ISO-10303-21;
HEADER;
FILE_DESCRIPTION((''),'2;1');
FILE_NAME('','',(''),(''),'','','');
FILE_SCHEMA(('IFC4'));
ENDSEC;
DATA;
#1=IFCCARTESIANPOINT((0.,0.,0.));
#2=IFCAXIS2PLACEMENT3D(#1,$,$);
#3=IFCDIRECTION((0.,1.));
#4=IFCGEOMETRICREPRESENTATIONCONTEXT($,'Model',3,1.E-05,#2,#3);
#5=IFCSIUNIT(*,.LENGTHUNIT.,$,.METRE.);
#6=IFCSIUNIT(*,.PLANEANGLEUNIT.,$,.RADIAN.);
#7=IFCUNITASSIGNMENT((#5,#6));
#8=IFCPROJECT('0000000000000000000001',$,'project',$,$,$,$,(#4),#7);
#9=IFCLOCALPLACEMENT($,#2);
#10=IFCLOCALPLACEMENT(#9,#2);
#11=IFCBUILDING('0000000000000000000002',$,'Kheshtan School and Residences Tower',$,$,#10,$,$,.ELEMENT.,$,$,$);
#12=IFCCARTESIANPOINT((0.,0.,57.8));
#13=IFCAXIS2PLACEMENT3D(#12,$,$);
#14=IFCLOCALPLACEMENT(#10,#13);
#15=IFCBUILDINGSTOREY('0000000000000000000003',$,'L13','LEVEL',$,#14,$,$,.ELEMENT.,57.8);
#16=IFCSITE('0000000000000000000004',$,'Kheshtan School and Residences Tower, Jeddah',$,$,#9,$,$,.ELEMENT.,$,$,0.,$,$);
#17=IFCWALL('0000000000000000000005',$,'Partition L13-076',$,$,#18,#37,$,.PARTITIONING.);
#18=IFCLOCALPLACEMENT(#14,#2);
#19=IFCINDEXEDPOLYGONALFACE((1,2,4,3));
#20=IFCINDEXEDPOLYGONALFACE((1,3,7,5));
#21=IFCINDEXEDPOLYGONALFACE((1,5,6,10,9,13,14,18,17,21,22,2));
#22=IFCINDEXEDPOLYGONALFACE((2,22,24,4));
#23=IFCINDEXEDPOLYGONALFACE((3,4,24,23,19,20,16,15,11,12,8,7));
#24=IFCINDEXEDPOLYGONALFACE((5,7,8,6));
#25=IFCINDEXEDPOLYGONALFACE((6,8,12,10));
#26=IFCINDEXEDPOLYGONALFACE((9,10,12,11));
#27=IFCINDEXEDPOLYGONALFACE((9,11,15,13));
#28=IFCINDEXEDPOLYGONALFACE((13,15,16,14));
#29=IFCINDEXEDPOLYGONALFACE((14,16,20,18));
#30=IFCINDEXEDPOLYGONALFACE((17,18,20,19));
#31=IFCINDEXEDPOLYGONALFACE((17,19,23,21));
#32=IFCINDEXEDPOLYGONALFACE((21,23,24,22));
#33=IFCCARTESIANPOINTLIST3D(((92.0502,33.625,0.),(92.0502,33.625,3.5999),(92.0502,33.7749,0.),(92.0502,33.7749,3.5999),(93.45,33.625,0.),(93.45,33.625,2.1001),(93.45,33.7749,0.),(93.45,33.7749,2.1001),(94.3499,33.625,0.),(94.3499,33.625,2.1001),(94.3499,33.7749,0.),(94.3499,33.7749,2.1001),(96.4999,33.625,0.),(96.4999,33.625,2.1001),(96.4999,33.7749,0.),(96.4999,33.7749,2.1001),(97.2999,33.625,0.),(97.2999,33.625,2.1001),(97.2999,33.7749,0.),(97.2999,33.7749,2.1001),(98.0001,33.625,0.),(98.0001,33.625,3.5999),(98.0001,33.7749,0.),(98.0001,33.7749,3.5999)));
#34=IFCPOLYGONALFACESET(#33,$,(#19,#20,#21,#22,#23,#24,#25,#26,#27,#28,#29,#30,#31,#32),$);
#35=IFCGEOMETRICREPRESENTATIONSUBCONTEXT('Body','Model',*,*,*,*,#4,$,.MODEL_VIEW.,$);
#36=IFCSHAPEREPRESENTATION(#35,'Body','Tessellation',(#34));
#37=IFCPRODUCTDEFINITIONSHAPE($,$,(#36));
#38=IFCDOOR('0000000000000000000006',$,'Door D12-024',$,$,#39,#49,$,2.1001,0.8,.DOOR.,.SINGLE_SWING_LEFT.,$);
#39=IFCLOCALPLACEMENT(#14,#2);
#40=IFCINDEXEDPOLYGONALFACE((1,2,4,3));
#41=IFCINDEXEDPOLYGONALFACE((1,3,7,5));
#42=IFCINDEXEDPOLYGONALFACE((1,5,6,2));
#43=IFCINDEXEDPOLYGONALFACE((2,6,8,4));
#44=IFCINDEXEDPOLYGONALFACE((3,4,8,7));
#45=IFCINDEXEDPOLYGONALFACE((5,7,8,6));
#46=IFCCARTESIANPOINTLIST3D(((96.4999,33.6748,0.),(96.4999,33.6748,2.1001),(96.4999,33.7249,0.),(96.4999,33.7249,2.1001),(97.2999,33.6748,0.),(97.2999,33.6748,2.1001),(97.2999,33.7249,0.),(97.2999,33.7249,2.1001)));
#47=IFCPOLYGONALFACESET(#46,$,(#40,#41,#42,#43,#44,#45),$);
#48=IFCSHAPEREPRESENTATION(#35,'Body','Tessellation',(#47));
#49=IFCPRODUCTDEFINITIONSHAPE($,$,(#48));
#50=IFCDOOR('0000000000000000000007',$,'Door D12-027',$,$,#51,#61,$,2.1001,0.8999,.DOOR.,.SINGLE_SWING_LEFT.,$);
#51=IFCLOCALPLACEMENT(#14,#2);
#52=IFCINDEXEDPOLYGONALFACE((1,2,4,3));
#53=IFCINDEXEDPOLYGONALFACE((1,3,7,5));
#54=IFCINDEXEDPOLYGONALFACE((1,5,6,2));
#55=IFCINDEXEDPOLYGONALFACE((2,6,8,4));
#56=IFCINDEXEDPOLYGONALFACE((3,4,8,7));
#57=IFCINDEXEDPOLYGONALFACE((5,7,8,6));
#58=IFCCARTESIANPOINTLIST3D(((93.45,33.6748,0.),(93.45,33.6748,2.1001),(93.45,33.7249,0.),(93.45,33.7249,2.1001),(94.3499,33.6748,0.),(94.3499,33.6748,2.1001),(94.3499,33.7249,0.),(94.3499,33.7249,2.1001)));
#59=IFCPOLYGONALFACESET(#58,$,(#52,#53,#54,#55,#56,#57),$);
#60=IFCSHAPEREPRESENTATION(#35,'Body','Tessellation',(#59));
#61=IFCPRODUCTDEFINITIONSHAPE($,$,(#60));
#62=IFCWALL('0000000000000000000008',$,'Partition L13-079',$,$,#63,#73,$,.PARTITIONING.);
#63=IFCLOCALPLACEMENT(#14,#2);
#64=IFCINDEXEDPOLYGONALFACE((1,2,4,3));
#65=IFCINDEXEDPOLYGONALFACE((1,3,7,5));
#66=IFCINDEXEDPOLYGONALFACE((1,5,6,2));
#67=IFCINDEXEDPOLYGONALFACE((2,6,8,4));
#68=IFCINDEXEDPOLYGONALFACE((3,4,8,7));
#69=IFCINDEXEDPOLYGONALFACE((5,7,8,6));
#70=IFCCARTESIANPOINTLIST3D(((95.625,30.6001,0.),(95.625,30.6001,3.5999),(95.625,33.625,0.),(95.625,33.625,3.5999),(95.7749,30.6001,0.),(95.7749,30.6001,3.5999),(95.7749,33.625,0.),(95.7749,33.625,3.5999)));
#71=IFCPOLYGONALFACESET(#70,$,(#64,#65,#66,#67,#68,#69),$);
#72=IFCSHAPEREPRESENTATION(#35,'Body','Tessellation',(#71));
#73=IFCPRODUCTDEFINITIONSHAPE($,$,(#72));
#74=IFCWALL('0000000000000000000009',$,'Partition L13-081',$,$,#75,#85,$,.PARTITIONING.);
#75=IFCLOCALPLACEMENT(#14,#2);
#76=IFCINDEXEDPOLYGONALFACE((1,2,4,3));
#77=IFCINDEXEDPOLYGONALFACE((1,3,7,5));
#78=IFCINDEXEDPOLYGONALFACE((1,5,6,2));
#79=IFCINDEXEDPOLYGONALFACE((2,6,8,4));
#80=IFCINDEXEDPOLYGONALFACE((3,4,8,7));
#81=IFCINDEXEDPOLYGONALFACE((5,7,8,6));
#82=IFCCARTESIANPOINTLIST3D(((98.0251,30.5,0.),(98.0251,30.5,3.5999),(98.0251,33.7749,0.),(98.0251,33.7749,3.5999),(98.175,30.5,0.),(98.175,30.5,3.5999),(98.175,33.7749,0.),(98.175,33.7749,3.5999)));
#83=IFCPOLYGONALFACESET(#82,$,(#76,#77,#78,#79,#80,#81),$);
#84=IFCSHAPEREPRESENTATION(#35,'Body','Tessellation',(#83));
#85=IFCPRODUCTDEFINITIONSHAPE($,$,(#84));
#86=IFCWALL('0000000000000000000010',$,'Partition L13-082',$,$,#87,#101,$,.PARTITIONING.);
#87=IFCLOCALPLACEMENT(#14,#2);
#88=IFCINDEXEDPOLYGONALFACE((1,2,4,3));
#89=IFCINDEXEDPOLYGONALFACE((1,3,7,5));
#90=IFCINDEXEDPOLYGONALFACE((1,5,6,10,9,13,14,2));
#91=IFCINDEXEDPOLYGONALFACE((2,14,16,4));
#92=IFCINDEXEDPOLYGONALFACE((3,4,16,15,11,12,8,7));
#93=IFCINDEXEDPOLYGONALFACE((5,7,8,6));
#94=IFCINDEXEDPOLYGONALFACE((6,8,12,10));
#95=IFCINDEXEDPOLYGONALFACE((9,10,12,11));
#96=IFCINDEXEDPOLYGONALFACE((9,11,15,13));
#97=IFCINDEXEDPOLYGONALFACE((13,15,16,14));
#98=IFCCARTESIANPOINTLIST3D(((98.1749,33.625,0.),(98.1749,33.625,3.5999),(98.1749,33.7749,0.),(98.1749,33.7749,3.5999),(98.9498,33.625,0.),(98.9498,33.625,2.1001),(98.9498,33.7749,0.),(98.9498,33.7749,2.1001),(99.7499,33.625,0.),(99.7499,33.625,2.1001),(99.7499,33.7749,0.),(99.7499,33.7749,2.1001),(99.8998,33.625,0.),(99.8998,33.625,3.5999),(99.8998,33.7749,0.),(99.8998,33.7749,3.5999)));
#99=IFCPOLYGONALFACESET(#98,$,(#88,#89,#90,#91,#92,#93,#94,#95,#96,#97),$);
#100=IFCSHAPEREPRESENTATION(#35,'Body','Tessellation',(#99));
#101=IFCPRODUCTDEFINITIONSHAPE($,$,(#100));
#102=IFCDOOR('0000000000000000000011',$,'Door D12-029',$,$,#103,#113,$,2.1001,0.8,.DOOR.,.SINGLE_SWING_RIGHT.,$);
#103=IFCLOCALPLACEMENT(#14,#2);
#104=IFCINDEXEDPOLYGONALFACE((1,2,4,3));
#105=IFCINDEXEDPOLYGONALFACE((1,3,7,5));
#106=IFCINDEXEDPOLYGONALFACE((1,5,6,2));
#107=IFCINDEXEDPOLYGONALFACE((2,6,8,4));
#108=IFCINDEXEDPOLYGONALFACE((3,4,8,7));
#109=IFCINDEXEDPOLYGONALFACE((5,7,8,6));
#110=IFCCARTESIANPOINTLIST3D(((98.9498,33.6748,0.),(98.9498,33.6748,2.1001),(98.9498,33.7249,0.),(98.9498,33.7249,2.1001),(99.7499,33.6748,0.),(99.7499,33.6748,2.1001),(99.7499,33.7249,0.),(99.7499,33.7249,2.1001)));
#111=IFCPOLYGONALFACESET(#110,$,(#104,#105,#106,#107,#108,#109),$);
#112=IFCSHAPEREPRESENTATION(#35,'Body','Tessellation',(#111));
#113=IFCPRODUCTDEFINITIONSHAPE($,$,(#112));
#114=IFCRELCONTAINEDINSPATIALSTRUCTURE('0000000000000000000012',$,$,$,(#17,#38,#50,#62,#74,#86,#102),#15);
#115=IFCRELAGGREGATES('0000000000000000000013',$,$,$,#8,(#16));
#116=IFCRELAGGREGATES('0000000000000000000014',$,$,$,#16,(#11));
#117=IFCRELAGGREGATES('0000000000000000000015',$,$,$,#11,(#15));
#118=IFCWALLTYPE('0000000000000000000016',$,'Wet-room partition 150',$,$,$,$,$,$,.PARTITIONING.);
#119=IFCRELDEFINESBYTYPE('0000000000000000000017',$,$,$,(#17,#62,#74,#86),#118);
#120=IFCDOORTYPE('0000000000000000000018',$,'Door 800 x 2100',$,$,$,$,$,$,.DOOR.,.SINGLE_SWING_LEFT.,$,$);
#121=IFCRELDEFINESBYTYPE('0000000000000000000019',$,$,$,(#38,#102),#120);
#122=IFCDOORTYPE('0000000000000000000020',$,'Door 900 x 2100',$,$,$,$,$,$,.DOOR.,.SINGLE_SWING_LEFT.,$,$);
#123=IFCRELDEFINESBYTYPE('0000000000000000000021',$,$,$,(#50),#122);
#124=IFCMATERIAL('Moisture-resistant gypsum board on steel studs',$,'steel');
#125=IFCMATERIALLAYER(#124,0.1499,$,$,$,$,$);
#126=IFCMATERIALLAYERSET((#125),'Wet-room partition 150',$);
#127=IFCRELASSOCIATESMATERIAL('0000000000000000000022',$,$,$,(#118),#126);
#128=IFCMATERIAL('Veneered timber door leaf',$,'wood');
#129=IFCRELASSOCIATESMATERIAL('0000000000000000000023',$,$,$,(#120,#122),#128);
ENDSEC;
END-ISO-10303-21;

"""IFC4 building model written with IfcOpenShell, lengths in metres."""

from ifc_helpers import new_model, si_unit, direction, frame, frame_2d, origin, place, context, subcontext, project, spatial, rectangle, extrude, source, transform, mapped, material, layer, layer_set, type_object, element, fill, save


model = new_model("IFC4")

# Units and contexts
model_context = context("Model", 3, precision=1e-05, world=origin(), true_north=direction((0.0, 1.0)))
body_context = subcontext(model_context, "Body", "Model", "MODEL_VIEW")
ifc_project = project(units=[si_unit("LENGTHUNIT", "METRE"), si_unit("PLANEANGLEUNIT", "RADIAN")], contexts=[model_context])

# Site, building, storey
site_placement = place(None, origin())
site = spatial("IfcSite", under=ifc_project, at=site_placement, Name="Kheshtan School and Residences Tower, Jeddah", CompositionType="ELEMENT", RefElevation=0.0)
building_placement = place(site_placement, origin())
building = spatial("IfcBuilding", under=site, at=building_placement, Name="Kheshtan School and Residences Tower", CompositionType="ELEMENT")
storey_placement = place(building_placement, frame((0.0, 0.0, 57.8)))
storey = spatial("IfcBuildingStorey", under=building, at=storey_placement, Name="L13", Description="LEVEL", CompositionType="ELEMENT", Elevation=57.8)

# Wall, openings, doors
ifc_material_1 = material(Name="Moisture-resistant gypsum board on steel studs", Category="steel")
ifc_layer_1 = layer(ifc_material_1, 0.1499)
ifc_layer_set_1 = layer_set([ifc_layer_1], Name="Wet-room partition 150")
wall_type_1 = type_object("IfcWallType", Name="Wet-room partition 150", PredefinedType="PARTITIONING", material=ifc_layer_set_1)
wall_1_placement = place(storey_placement, frame((92.05, 33.7, 0.0), z_axis=(0.0, 0.0, 1.0), x_axis=(1.0, 0.0, 0.0)))
wall_1 = element("IfcWall", 1, at=wall_1_placement, inside=storey, type_object=wall_type_1, Name="Partition L13-076", PredefinedType="PARTITIONING", context=body_context, shape_type="SweptSolid", body=[
    extrude(rectangle(XDim=5.95, YDim=0.1499, at=frame_2d((2.9751, 0.0))), origin(), (0.0, 0.0, 1.0), 3.5999),
])
opening_1_placement = place(wall_1_placement, frame((4.45, 0.0, 0.0)))
opening_1 = element("IfcOpeningElement", 2, at=opening_1_placement, cuts=wall_1, PredefinedType="OPENING", context=body_context, shape_type="SweptSolid", body=[
    extrude(rectangle(XDim=0.8, YDim=2.1001, at=frame_2d((0.3999, 1.05))), frame((0.0, 0.085, 0.0), z_axis=(0.0, -1.0, 0.0), x_axis=(1.0, 0.0, 0.0)), (0.0, 0.0, 1.0), 0.1699),
])
opening_2_placement = place(wall_1_placement, frame((1.3999, 0.0, 0.0)))
opening_2 = element("IfcOpeningElement", 3, at=opening_2_placement, cuts=wall_1, PredefinedType="OPENING", context=body_context, shape_type="SweptSolid", body=[
    extrude(rectangle(XDim=0.8999, YDim=2.1001, at=frame_2d((0.45, 1.05))), frame((0.0, 0.085, 0.0), z_axis=(0.0, -1.0, 0.0), x_axis=(1.0, 0.0, 0.0)), (0.0, 0.0, 1.0), 0.1699),
])
ifc_material_2 = material(Name="Veneered timber door leaf", Category="wood")
door_type_1 = type_object("IfcDoorType", Name="Door 800 x 2100", OperationType="SINGLE_SWING_LEFT", PredefinedType="DOOR", material=ifc_material_2)
shared_shape_1 = source(origin(), body_context, "Body", "SweptSolid", [
    extrude(rectangle(XDim=0.8, YDim=2.1001, at=frame_2d((0.3999, 1.05))), frame((0.0, 0.0249, 0.0), z_axis=(0.0, -1.0, 0.0), x_axis=(1.0, 0.0, 0.0)), (0.0, 0.0, 1.0), 0.05),
])
door_1_placement = place(opening_1_placement, origin())
door_1 = element("IfcDoor", 4, at=door_1_placement, inside=storey, type_object=door_type_1, Name="Door D12-024", OperationType="SINGLE_SWING_LEFT", OverallHeight=2.1001, OverallWidth=0.8, PredefinedType="DOOR", context=body_context, shape_type="MappedRepresentation", body=[
    mapped(shared_shape_1, transform((0.0, 0.0, 0.0), x_axis=(1.0, 0.0, 0.0), y_axis=(0.0, 1.0, 0.0), z_axis=(0.0, 0.0, 1.0), scale=1.0)),
])
fill(opening_1, door_1)
door_type_2 = type_object("IfcDoorType", Name="Door 900 x 2100", OperationType="SINGLE_SWING_LEFT", PredefinedType="DOOR", material=ifc_material_2)
shared_shape_2 = source(origin(), body_context, "Body", "SweptSolid", [
    extrude(rectangle(XDim=0.8999, YDim=2.1001, at=frame_2d((0.45, 1.05))), frame((0.0, 0.0249, 0.0), z_axis=(0.0, -1.0, 0.0), x_axis=(1.0, 0.0, 0.0)), (0.0, 0.0, 1.0), 0.05),
])
door_2_placement = place(opening_2_placement, origin())
door_2 = element("IfcDoor", 5, at=door_2_placement, inside=storey, type_object=door_type_2, Name="Door D12-027", OperationType="SINGLE_SWING_LEFT", OverallHeight=2.1001, OverallWidth=0.8999, PredefinedType="DOOR", context=body_context, shape_type="MappedRepresentation", body=[
    mapped(shared_shape_2, transform((0.0, 0.0, 0.0), x_axis=(1.0, 0.0, 0.0), y_axis=(0.0, 1.0, 0.0), z_axis=(0.0, 0.0, 1.0), scale=1.0)),
])
fill(opening_2, door_2)

# Walls
wall_2_placement = place(storey_placement, frame((95.7, 30.6001, 0.0), z_axis=(0.0, 0.0, 1.0), x_axis=(0.0, 1.0, 0.0)))
element("IfcWall", 6, at=wall_2_placement, inside=storey, type_object=wall_type_1, Name="Partition L13-079", PredefinedType="PARTITIONING", context=body_context, shape_type="SweptSolid", body=[
    extrude(rectangle(XDim=3.0249, YDim=0.1499, at=frame_2d((1.5125, 0.0))), origin(), (0.0, 0.0, 1.0), 3.5999),
])
wall_3_placement = place(storey_placement, frame((98.1001, 30.5, 0.0), z_axis=(0.0, 0.0, 1.0), x_axis=(0.0, 1.0, 0.0)))
element("IfcWall", 7, at=wall_3_placement, inside=storey, type_object=wall_type_1, Name="Partition L13-081", PredefinedType="PARTITIONING", context=body_context, shape_type="SweptSolid", body=[
    extrude(rectangle(XDim=3.2749, YDim=0.1499, at=frame_2d((1.6375, 0.0))), origin(), (0.0, 0.0, 1.0), 3.5999),
])

# Wall, opening, door
wall_4_placement = place(storey_placement, frame((98.175, 33.7, 0.0), z_axis=(0.0, 0.0, 1.0), x_axis=(1.0, 0.0, 0.0)))
wall_4 = element("IfcWall", 8, at=wall_4_placement, inside=storey, type_object=wall_type_1, Name="Partition L13-082", PredefinedType="PARTITIONING", context=body_context, shape_type="SweptSolid", body=[
    extrude(rectangle(XDim=1.7249, YDim=0.1499, at=frame_2d((0.8623, 0.0))), origin(), (0.0, 0.0, 1.0), 3.5999),
])
opening_3_placement = place(wall_4_placement, frame((0.7749, 0.0, 0.0)))
opening_3 = element("IfcOpeningElement", 9, at=opening_3_placement, cuts=wall_4, PredefinedType="OPENING", context=body_context, shape_type="SweptSolid", body=[
    extrude(rectangle(XDim=0.8, YDim=2.1001, at=frame_2d((0.3999, 1.05))), frame((0.0, 0.085, 0.0), z_axis=(0.0, -1.0, 0.0), x_axis=(1.0, 0.0, 0.0)), (0.0, 0.0, 1.0), 0.1699),
])
door_3_placement = place(opening_3_placement, origin())
door_3 = element("IfcDoor", 10, at=door_3_placement, inside=storey, type_object=door_type_1, Name="Door D12-029", OperationType="SINGLE_SWING_RIGHT", OverallHeight=2.1001, OverallWidth=0.8, PredefinedType="DOOR", context=body_context, shape_type="MappedRepresentation", body=[
    mapped(shared_shape_1, transform((0.0, 0.0, 0.0), x_axis=(1.0, 0.0, 0.0), y_axis=(0.0, 1.0, 0.0), z_axis=(0.0, 0.0, 1.0), scale=1.0)),
])
fill(opening_3, door_3)

save(model, "model.ifc")
